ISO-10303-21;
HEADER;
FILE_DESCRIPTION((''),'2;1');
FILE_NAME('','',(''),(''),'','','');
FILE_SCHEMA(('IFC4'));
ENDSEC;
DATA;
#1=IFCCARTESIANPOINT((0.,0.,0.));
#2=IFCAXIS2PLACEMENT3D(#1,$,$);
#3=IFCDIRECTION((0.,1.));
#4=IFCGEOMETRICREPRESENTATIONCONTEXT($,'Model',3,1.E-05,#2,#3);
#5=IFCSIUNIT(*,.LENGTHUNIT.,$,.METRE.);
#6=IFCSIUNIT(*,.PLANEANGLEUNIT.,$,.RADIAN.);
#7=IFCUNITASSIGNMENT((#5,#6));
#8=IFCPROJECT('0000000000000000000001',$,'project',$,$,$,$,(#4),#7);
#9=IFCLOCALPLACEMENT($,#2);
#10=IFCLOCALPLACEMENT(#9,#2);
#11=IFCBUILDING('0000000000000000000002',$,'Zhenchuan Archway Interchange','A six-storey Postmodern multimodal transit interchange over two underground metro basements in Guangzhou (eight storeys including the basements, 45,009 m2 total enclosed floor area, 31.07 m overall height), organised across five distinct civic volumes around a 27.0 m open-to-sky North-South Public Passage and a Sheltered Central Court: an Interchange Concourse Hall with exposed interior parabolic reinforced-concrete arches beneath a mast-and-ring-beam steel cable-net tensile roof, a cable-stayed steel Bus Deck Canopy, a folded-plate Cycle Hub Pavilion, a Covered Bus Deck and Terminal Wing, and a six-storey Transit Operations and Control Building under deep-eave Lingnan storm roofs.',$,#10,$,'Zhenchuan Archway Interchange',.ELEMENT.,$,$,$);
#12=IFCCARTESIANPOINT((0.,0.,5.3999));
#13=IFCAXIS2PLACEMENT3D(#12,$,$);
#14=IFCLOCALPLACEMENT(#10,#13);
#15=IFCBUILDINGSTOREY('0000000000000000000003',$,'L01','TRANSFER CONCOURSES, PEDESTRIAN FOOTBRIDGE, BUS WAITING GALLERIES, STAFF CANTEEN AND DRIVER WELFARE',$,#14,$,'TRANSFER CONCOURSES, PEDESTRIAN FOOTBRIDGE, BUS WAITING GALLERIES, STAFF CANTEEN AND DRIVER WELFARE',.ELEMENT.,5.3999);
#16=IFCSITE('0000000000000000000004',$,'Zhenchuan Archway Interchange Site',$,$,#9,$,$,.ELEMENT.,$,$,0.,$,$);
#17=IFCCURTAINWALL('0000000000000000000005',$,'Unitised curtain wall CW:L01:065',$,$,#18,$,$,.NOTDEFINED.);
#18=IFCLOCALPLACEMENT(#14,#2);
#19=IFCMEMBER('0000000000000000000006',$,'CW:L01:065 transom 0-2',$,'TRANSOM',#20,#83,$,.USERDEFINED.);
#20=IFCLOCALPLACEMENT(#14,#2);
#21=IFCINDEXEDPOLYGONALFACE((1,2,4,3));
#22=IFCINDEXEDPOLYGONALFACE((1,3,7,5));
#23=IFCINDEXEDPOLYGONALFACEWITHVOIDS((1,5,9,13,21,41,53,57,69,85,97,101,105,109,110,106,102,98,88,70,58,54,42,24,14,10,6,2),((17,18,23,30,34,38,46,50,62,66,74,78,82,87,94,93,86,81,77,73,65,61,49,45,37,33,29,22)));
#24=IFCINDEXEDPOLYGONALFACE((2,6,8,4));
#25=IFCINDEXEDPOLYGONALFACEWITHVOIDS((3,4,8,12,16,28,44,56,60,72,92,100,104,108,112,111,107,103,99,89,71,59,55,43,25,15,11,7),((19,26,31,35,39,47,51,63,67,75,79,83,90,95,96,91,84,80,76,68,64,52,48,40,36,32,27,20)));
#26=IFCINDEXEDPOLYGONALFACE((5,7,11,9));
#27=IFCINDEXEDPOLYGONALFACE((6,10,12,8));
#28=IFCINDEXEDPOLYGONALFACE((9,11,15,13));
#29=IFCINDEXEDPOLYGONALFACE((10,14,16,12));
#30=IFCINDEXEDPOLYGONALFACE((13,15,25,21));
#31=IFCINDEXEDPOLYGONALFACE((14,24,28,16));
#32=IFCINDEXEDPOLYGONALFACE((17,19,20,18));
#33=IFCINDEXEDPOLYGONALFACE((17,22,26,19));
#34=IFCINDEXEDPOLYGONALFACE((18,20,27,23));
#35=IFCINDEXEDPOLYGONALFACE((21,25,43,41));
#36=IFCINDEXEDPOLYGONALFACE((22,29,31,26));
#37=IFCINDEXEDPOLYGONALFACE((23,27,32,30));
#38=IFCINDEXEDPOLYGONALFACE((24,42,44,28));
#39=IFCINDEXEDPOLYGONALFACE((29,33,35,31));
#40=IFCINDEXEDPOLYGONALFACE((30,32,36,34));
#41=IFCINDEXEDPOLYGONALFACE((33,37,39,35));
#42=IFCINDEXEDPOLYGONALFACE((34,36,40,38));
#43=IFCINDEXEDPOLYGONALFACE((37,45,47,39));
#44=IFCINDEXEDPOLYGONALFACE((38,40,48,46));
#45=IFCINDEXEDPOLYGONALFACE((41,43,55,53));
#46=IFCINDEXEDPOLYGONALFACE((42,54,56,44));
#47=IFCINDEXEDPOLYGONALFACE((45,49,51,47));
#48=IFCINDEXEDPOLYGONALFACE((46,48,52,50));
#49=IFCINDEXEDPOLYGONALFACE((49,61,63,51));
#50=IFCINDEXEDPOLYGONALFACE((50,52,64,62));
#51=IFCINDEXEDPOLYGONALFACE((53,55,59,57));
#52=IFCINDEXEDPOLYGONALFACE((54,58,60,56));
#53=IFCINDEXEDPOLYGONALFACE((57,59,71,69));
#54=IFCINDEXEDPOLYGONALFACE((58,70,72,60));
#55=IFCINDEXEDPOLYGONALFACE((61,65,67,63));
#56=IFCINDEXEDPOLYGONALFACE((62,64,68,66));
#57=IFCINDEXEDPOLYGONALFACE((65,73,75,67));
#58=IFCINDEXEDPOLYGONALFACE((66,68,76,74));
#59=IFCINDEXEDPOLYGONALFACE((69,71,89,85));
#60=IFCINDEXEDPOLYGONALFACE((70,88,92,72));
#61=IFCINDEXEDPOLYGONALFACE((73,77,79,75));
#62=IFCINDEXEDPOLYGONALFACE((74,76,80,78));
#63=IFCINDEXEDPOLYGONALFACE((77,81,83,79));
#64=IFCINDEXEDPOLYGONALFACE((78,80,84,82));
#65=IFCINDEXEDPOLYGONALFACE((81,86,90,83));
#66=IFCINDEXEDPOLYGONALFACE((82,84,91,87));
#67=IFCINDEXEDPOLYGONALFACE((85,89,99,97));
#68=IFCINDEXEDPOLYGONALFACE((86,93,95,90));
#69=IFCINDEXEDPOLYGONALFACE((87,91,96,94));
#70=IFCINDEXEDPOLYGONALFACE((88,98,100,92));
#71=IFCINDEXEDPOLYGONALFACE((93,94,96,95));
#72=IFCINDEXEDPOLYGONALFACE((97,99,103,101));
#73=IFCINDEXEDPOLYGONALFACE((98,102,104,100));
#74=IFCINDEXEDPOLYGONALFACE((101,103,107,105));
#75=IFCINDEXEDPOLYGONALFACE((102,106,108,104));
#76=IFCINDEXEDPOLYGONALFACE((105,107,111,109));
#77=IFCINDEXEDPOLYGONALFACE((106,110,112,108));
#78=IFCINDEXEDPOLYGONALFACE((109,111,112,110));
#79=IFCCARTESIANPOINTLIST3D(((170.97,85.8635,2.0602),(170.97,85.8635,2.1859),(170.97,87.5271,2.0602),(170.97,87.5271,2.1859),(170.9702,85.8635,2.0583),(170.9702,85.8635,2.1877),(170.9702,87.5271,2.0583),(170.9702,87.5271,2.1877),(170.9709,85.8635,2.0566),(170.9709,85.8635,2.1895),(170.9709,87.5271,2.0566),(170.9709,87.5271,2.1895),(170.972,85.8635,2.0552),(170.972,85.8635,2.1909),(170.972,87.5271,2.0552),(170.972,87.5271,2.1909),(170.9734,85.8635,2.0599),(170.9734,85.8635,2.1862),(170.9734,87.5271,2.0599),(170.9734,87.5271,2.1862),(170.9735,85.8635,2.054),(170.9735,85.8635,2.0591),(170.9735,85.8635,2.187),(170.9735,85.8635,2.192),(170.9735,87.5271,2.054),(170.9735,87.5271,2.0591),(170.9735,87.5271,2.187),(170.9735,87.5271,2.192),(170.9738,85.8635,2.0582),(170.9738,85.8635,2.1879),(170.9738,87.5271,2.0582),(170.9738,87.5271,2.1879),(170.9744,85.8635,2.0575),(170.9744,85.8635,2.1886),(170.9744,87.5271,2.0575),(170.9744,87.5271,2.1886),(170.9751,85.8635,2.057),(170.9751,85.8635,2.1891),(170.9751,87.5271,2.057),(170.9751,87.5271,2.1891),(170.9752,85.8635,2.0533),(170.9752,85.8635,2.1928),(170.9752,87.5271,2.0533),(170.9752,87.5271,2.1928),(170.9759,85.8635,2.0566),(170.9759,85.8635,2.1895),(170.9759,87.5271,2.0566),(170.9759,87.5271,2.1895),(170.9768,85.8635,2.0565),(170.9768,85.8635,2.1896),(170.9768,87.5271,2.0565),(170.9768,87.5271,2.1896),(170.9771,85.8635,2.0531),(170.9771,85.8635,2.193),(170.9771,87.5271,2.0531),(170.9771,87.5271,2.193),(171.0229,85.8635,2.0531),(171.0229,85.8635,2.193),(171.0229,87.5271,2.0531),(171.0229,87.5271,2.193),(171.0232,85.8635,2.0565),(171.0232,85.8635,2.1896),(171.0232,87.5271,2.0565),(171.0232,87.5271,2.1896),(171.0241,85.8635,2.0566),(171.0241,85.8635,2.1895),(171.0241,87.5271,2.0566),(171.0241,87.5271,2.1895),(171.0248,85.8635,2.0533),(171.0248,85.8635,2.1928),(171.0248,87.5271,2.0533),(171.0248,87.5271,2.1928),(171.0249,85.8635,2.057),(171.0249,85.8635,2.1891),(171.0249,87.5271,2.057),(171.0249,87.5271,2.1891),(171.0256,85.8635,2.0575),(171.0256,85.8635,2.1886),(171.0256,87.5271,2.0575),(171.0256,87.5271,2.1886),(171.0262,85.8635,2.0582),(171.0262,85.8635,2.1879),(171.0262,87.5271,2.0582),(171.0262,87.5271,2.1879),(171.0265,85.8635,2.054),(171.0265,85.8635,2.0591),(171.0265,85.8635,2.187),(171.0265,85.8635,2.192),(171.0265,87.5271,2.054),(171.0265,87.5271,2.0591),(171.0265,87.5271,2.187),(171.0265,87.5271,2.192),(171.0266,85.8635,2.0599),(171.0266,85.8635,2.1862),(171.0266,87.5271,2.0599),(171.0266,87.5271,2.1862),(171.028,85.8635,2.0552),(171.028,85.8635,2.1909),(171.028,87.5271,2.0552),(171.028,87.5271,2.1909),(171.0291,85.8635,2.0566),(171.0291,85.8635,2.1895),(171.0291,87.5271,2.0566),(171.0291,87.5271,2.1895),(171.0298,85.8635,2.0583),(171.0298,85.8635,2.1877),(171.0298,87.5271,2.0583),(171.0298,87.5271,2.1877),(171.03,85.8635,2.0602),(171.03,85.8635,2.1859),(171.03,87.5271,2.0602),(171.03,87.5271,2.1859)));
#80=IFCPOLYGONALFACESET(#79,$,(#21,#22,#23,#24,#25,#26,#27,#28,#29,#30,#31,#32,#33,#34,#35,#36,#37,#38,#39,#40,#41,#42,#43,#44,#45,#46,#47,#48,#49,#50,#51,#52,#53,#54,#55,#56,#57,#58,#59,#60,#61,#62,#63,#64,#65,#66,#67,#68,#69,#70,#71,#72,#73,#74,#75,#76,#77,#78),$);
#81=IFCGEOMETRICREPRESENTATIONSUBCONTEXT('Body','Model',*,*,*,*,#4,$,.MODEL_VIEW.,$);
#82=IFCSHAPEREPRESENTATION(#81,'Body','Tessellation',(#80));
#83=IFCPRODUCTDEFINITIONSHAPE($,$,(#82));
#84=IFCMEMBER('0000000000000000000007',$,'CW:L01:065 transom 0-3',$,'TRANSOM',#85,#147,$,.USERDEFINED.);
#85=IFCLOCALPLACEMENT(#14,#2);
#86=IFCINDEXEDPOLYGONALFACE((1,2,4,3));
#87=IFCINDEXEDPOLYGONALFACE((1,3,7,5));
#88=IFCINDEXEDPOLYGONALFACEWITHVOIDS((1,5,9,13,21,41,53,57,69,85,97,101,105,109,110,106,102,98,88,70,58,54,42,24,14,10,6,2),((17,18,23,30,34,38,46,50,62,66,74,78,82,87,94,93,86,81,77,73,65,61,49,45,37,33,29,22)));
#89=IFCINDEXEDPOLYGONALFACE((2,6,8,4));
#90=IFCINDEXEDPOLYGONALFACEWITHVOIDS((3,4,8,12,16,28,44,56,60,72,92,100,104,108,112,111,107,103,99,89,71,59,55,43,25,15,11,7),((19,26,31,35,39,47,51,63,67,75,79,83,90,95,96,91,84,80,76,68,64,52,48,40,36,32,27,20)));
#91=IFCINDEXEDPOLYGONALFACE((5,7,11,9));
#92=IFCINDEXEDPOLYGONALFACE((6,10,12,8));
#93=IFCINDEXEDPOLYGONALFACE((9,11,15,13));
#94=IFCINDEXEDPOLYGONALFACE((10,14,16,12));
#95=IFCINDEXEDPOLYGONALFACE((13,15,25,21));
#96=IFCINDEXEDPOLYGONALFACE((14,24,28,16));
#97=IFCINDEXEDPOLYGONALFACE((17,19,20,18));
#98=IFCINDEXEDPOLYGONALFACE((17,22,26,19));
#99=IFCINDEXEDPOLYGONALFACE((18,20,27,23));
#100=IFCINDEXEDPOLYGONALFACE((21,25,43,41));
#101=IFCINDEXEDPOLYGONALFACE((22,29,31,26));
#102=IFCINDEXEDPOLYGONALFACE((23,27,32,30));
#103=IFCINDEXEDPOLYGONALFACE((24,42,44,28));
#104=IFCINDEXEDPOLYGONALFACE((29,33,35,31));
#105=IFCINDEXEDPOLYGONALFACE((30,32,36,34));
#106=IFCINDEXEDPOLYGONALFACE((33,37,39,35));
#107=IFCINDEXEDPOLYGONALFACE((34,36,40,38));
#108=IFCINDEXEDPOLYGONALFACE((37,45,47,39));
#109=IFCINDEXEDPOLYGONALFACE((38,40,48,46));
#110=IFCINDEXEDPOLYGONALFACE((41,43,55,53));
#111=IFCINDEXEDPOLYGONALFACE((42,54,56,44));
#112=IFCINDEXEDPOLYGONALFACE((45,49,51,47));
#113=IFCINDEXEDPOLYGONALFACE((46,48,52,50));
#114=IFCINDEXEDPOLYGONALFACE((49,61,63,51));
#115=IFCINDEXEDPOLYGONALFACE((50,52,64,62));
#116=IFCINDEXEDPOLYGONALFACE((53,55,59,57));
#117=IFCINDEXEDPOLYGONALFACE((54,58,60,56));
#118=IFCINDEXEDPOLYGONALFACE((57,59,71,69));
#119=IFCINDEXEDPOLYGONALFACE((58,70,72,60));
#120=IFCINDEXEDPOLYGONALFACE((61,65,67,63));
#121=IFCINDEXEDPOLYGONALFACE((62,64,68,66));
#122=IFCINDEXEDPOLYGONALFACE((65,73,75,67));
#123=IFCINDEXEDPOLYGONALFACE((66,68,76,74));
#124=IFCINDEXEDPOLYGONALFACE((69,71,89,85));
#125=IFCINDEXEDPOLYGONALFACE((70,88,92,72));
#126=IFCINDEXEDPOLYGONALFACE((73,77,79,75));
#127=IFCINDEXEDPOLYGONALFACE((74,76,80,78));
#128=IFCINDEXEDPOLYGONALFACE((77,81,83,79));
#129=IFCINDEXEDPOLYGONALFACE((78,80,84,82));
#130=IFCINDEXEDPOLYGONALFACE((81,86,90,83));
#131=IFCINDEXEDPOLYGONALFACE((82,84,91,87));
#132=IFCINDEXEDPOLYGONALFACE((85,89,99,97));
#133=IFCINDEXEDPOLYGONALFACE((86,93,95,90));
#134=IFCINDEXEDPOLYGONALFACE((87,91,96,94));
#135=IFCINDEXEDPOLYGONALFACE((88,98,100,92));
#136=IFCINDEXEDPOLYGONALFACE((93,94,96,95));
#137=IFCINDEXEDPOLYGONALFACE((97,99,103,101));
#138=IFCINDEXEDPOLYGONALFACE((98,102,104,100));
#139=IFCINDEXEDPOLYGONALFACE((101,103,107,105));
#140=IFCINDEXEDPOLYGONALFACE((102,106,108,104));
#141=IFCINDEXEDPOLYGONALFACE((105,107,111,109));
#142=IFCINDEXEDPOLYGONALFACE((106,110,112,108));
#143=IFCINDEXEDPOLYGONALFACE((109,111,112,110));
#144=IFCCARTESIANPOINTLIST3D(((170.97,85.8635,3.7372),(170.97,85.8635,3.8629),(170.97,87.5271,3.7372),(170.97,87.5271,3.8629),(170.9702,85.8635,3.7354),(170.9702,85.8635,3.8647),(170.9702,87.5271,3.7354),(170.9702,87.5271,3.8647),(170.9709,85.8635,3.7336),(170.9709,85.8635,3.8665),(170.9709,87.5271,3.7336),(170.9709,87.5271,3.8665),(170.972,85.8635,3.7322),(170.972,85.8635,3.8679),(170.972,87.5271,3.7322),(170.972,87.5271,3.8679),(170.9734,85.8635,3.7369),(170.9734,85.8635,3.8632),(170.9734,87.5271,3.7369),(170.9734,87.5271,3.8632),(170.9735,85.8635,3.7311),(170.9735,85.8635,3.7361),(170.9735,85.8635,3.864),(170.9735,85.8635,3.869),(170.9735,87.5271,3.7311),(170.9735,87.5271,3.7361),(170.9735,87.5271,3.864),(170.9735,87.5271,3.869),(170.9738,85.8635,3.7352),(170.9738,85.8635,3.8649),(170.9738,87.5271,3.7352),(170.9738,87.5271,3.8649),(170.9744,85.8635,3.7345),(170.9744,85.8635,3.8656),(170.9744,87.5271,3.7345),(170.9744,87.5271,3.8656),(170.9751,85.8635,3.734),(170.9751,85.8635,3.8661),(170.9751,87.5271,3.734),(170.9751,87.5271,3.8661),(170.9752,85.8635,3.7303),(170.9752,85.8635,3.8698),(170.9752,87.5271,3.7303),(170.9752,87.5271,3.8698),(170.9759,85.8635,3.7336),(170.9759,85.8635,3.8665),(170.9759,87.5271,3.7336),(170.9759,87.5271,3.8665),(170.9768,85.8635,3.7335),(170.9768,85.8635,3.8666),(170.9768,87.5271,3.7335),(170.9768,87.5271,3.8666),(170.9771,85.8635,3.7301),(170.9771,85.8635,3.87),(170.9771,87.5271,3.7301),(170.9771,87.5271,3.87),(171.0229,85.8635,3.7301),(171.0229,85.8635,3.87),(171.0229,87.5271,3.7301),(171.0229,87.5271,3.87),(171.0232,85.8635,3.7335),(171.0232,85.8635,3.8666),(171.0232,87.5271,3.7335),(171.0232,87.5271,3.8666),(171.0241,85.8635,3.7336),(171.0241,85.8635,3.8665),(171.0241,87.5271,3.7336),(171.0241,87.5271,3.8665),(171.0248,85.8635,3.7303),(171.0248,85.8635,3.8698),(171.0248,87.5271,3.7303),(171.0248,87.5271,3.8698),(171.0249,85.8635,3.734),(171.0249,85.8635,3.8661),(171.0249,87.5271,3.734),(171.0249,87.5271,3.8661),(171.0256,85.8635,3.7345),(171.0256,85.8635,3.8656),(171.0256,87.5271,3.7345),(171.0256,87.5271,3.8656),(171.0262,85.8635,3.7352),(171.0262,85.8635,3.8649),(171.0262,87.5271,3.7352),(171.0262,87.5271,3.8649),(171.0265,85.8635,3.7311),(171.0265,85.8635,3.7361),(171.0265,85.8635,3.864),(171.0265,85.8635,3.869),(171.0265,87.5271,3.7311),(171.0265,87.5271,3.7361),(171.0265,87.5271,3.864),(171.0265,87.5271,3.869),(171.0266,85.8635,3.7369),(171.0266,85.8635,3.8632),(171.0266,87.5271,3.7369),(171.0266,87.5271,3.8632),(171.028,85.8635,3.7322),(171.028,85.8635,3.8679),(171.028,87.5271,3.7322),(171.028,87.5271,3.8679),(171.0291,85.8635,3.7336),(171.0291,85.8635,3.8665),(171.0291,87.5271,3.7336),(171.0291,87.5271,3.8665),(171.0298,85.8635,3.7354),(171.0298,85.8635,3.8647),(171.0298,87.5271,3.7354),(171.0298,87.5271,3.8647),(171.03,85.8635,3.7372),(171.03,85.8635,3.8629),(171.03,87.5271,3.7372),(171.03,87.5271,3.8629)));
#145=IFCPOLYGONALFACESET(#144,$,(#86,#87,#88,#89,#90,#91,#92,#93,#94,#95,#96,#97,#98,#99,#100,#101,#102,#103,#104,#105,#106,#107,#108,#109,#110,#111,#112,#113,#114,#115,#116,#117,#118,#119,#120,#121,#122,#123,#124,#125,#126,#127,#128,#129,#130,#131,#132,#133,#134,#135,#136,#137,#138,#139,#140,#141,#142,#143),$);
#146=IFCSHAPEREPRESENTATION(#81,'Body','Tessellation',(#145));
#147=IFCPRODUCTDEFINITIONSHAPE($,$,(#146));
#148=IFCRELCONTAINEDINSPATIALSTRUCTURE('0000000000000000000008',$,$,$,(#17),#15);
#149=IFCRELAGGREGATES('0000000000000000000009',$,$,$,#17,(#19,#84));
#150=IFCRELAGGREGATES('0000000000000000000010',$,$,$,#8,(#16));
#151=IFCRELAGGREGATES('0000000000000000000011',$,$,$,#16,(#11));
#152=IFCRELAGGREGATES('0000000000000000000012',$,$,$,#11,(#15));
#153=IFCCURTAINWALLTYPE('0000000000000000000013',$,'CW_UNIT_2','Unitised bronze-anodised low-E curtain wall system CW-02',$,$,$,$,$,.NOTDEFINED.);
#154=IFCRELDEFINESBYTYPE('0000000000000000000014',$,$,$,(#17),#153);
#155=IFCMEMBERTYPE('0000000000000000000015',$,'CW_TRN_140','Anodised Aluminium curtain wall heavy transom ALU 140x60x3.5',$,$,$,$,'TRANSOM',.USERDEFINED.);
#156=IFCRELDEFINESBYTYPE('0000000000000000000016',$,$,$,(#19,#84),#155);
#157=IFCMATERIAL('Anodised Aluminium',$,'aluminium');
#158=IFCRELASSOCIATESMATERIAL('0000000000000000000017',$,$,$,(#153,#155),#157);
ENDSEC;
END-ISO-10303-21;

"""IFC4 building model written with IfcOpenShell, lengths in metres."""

from ifc_helpers import new_model, si_unit, direction, frame, origin, origin_2d, place, context, subcontext, project, spatial, hollow_rectangle, extrude, material, material_profile, profile_set, type_object, element, aggregate, save


model = new_model("IFC4")

# Units and contexts
model_context = context("Model", 3, precision=1e-05, world=origin(), true_north=direction((0.0, 1.0)))
body_context = subcontext(model_context, "Body", "Model", "MODEL_VIEW")
ifc_project = project(units=[si_unit("LENGTHUNIT", "METRE"), si_unit("PLANEANGLEUNIT", "RADIAN")], contexts=[model_context])

# Site, building, storey
site_placement = place(None, origin())
site = spatial("IfcSite", under=ifc_project, at=site_placement, Name="Zhenchuan Archway Interchange Site", CompositionType="ELEMENT", RefElevation=0.0)
building_placement = place(site_placement, origin())
building = spatial("IfcBuilding", under=site, at=building_placement, Name="Zhenchuan Archway Interchange", Description="A six-storey Postmodern multimodal transit interchange over two underground metro basements in Guangzhou (eight storeys including the basements, 45,009 m2 total enclosed floor area, 31.07 m overall height), organised across five distinct civic volumes around a 27.0 m open-to-sky North-South Public Passage and a Sheltered Central Court: an Interchange Concourse Hall with exposed interior parabolic reinforced-concrete arches beneath a mast-and-ring-beam steel cable-net tensile roof, a cable-stayed steel Bus Deck Canopy, a folded-plate Cycle Hub Pavilion, a Covered Bus Deck and Terminal Wing, and a six-storey Transit Operations and Control Building under deep-eave Lingnan storm roofs.", LongName="Zhenchuan Archway Interchange", CompositionType="ELEMENT")
storey_placement = place(building_placement, frame((0.0, 0.0, 5.3999)))
storey = spatial("IfcBuildingStorey", under=building, at=storey_placement, Name="L01", Description="TRANSFER CONCOURSES, PEDESTRIAN FOOTBRIDGE, BUS WAITING GALLERIES, STAFF CANTEEN AND DRIVER WELFARE", LongName="TRANSFER CONCOURSES, PEDESTRIAN FOOTBRIDGE, BUS WAITING GALLERIES, STAFF CANTEEN AND DRIVER WELFARE", CompositionType="ELEMENT", Elevation=5.3999)

# Curtain wall, members
ifc_material_1 = material(Name="Anodised Aluminium", Category="aluminium")
curtain_wall_type = type_object("IfcCurtainWallType", Name="CW_UNIT_2", Description="Unitised bronze-anodised low-E curtain wall system CW-02", PredefinedType="NOTDEFINED", material=ifc_material_1)
curtain_wall_placement = place(storey_placement, origin())
curtain_wall = element("IfcCurtainWall", 1, at=curtain_wall_placement, inside=storey, type_object=curtain_wall_type, Name="Unitised curtain wall CW:L01:065", PredefinedType="NOTDEFINED")
ifc_material_profile_1 = material_profile(ifc_material_1, hollow_rectangle(XDim=0.0601, YDim=0.1399, WallThickness=0.0034, InnerFilletRadius=0.0034, OuterFilletRadius=0.0071, at=origin_2d()), Name="ALU 140x60x3.5")
ifc_profile_set_1 = profile_set([ifc_material_profile_1], Name="Anodised Aluminium")
member_type_1 = type_object("IfcMemberType", Name="CW_TRN_140", Description="Anodised Aluminium curtain wall heavy transom ALU 140x60x3.5", ElementType="TRANSOM", PredefinedType="USERDEFINED", material=ifc_profile_set_1)
member_1_placement = place(storey_placement, frame((171.0, 87.5271, 2.123), z_axis=(0.0, -1.0, 0.0), x_axis=(1.0, 0.0, 0.0)))
member_1 = element("IfcMember", 2, at=member_1_placement, type_object=member_type_1, Name="CW:L01:065 transom 0-2", ObjectType="TRANSOM", PredefinedType="USERDEFINED", context=body_context, shape_type="SweptSolid", body=[
    extrude(hollow_rectangle(XDim=0.0601, YDim=0.1399, WallThickness=0.0034, InnerFilletRadius=0.0034, OuterFilletRadius=0.0071, at=origin_2d()), origin(), (0.0, 0.0, 1.0), 1.6636),
])
member_2_placement = place(storey_placement, frame((171.0, 87.5271, 3.8), z_axis=(0.0, -1.0, 0.0), x_axis=(1.0, 0.0, 0.0)))
member_2 = element("IfcMember", 3, at=member_2_placement, type_object=member_type_1, Name="CW:L01:065 transom 0-3", ObjectType="TRANSOM", PredefinedType="USERDEFINED", context=body_context, shape_type="SweptSolid", body=[
    extrude(hollow_rectangle(XDim=0.0601, YDim=0.1399, WallThickness=0.0034, InnerFilletRadius=0.0034, OuterFilletRadius=0.0071, at=origin_2d()), origin(), (0.0, 0.0, 1.0), 1.6636),
])

aggregate(curtain_wall, [member_1, member_2])

save(model, "model.ifc")
